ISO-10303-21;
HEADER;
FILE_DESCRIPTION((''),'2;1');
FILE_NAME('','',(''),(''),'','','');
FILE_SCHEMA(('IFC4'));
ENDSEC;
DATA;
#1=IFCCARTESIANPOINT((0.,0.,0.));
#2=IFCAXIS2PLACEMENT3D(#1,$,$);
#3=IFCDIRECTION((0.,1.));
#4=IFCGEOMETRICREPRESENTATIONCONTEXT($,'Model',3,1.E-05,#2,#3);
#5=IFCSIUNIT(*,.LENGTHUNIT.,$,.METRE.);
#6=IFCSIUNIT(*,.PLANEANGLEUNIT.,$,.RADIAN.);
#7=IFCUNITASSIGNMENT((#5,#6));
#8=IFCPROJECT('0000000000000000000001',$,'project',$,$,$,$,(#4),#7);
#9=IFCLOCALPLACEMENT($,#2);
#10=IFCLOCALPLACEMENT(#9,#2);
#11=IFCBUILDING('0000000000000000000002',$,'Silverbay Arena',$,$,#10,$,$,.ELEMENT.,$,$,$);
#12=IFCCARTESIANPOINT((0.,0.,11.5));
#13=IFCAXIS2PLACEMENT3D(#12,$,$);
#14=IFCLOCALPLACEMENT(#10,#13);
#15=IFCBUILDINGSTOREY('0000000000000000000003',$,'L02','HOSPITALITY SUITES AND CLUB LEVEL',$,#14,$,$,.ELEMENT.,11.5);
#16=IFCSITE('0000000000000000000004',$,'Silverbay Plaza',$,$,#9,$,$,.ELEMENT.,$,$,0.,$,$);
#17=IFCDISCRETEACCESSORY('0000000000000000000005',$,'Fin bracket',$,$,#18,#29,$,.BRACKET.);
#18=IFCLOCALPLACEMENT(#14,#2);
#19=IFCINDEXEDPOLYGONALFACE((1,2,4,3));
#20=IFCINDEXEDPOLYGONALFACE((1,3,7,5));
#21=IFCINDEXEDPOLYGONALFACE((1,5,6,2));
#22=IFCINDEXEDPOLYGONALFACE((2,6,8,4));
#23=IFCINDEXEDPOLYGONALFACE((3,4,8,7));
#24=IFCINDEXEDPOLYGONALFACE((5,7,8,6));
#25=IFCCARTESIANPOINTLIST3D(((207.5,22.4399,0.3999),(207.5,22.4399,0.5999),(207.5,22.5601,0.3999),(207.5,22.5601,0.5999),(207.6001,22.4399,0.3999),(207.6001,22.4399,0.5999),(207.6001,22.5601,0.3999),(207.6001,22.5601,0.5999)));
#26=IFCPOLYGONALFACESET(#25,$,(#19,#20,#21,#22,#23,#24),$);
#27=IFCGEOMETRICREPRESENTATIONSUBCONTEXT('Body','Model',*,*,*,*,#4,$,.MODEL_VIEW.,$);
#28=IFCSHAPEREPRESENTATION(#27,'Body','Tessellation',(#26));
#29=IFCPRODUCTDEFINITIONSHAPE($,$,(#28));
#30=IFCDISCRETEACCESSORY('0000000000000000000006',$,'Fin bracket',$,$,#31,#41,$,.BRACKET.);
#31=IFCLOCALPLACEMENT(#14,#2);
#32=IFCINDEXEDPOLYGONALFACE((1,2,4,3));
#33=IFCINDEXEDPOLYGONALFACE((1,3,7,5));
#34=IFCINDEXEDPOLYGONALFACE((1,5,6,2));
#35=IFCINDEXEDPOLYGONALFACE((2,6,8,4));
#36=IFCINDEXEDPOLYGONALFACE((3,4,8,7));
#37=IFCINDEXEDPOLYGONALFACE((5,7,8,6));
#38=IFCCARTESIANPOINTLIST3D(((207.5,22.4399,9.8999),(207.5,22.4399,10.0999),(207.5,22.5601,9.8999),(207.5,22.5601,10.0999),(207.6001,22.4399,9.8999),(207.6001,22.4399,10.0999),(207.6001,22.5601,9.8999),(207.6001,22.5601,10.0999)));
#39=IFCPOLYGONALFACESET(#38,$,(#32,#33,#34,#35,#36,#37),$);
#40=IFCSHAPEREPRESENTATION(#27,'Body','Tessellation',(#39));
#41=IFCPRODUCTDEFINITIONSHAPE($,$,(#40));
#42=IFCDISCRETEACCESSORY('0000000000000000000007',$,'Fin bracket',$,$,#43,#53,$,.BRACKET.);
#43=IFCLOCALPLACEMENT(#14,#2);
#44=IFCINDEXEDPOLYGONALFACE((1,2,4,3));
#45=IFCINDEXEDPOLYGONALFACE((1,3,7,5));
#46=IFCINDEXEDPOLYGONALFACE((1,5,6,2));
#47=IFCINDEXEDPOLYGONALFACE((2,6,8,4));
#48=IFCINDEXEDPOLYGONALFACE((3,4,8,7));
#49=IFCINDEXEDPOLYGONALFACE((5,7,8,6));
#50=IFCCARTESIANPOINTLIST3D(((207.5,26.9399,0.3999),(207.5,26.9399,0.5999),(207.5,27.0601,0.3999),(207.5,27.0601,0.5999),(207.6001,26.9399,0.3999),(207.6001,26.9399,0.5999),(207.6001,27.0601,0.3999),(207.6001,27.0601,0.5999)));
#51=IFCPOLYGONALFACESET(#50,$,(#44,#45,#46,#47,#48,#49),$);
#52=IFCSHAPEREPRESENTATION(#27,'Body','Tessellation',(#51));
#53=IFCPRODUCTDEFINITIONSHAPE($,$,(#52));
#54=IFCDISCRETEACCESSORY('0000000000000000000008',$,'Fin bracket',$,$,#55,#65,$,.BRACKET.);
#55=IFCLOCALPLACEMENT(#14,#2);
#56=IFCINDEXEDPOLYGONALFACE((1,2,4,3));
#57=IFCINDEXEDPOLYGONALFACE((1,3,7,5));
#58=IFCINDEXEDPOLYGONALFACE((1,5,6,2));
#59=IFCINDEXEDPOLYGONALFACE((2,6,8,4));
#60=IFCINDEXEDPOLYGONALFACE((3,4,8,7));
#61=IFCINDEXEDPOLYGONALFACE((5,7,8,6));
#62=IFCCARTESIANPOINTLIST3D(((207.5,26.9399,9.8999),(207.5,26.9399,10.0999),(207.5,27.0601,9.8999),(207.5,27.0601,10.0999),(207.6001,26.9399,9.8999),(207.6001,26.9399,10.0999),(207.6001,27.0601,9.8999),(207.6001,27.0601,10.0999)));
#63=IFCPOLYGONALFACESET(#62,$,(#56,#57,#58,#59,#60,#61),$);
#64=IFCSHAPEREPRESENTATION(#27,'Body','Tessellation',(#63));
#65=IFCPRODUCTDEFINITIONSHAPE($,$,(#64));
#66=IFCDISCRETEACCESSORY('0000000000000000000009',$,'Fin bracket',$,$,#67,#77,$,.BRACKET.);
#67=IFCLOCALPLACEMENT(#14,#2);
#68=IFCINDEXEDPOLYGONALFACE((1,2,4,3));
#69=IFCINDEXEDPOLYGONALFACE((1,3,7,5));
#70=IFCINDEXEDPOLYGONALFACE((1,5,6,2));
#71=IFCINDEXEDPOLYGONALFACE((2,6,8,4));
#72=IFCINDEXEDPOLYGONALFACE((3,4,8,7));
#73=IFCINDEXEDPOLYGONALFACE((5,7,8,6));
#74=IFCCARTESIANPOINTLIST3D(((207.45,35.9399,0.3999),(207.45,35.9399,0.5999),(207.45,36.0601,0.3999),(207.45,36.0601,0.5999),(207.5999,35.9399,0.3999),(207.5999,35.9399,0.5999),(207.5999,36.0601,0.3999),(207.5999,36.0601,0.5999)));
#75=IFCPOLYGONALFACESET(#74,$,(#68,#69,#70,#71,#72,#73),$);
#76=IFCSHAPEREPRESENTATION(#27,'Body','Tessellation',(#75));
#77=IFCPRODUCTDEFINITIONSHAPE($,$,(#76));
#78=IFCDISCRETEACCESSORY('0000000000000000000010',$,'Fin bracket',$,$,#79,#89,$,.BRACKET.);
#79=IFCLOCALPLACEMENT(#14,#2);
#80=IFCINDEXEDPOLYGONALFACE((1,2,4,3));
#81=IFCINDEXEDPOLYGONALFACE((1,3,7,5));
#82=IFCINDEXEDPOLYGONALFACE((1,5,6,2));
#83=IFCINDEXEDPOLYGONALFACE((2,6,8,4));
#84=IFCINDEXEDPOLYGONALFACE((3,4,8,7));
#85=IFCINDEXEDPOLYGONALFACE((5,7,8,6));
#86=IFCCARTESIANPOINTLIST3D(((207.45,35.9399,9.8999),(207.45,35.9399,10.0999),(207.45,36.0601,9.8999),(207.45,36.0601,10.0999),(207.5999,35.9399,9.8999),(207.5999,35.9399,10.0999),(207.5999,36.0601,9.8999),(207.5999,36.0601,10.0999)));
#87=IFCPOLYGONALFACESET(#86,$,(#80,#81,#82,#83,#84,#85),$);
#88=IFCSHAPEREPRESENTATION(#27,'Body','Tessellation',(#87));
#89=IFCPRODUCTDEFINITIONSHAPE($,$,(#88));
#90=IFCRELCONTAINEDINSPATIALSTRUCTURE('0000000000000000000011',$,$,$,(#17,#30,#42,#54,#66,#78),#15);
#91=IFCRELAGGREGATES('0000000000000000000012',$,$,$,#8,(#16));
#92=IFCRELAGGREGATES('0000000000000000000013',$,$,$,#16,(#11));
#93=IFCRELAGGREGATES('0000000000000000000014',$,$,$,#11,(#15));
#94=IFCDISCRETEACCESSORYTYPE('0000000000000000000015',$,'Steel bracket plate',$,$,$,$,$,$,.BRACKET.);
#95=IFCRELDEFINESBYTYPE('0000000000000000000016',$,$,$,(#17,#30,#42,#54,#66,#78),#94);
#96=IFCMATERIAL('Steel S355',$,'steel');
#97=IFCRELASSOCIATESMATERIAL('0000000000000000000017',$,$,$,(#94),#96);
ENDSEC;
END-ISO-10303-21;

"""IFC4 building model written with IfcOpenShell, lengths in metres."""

from ifc_helpers import new_model, si_unit, direction, frame, origin, origin_2d, place, context, subcontext, project, spatial, rectangle, extrude, material, type_object, element, save


model = new_model("IFC4")

# Units and contexts
model_context = context("Model", 3, precision=1e-05, world=origin(), true_north=direction((0.0, 1.0)))
body_context = subcontext(model_context, "Body", "Model", "MODEL_VIEW")
ifc_project = project(units=[si_unit("LENGTHUNIT", "METRE"), si_unit("PLANEANGLEUNIT", "RADIAN")], contexts=[model_context])

# Site, building, storey
site_placement = place(None, origin())
site = spatial("IfcSite", under=ifc_project, at=site_placement, Name="Silverbay Plaza", CompositionType="ELEMENT", RefElevation=0.0)
building_placement = place(site_placement, origin())
building = spatial("IfcBuilding", under=site, at=building_placement, Name="Silverbay Arena", CompositionType="ELEMENT")
storey_placement = place(building_placement, frame((0.0, 0.0, 11.5)))
storey = spatial("IfcBuildingStorey", under=building, at=storey_placement, Name="L02", Description="HOSPITALITY SUITES AND CLUB LEVEL", CompositionType="ELEMENT", Elevation=11.5)

# Discrete accessories
ifc_material_1 = material(Name="Steel S355", Category="steel")
discrete_accessory_type = type_object("IfcDiscreteAccessoryType", Name="Steel bracket plate", PredefinedType="BRACKET", material=ifc_material_1)
for number, where, z_axis, x_axis, name in (
    (1, (207.55, 22.5, 0.3999), (0.0, 0.0, 1.0), (1.0, 0.0, 0.0), "Fin bracket"),
    (2, (207.55, 22.5, 9.8999), (0.0, 0.0, 1.0), (1.0, 0.0, 0.0), "Fin bracket"),
    (3, (207.55, 27.0, 0.3999), (0.0, 0.0, 1.0), (1.0, 0.0, 0.0), "Fin bracket"),
    (4, (207.55, 27.0, 9.8999), (0.0, 0.0, 1.0), (1.0, 0.0, 0.0), "Fin bracket"),
):
    element("IfcDiscreteAccessory", number, at=place(storey_placement, frame(where, z_axis=z_axis, x_axis=x_axis)), inside=storey, type_object=discrete_accessory_type, Name=name, PredefinedType="BRACKET", context=body_context, shape_type="SweptSolid", body=[
        extrude(rectangle(XDim=0.1001, YDim=0.1201, at=origin_2d()), origin(), (0.0, 0.0, 1.0), 0.2),
    ])
for number, where, z_axis, x_axis, name in (
    (5, (207.5249, 36.0, 0.3999), (0.0, 0.0, 1.0), (1.0, 0.0, 0.0), "Fin bracket"),
    (6, (207.5249, 36.0, 9.8999), (0.0, 0.0, 1.0), (1.0, 0.0, 0.0), "Fin bracket"),
):
    element("IfcDiscreteAccessory", number, at=place(storey_placement, frame(where, z_axis=z_axis, x_axis=x_axis)), inside=storey, type_object=discrete_accessory_type, Name=name, PredefinedType="BRACKET", context=body_context, shape_type="SweptSolid", body=[
        extrude(rectangle(XDim=0.1499, YDim=0.1201, at=origin_2d()), origin(), (0.0, 0.0, 1.0), 0.2),
    ])

save(model, "model.ifc")
